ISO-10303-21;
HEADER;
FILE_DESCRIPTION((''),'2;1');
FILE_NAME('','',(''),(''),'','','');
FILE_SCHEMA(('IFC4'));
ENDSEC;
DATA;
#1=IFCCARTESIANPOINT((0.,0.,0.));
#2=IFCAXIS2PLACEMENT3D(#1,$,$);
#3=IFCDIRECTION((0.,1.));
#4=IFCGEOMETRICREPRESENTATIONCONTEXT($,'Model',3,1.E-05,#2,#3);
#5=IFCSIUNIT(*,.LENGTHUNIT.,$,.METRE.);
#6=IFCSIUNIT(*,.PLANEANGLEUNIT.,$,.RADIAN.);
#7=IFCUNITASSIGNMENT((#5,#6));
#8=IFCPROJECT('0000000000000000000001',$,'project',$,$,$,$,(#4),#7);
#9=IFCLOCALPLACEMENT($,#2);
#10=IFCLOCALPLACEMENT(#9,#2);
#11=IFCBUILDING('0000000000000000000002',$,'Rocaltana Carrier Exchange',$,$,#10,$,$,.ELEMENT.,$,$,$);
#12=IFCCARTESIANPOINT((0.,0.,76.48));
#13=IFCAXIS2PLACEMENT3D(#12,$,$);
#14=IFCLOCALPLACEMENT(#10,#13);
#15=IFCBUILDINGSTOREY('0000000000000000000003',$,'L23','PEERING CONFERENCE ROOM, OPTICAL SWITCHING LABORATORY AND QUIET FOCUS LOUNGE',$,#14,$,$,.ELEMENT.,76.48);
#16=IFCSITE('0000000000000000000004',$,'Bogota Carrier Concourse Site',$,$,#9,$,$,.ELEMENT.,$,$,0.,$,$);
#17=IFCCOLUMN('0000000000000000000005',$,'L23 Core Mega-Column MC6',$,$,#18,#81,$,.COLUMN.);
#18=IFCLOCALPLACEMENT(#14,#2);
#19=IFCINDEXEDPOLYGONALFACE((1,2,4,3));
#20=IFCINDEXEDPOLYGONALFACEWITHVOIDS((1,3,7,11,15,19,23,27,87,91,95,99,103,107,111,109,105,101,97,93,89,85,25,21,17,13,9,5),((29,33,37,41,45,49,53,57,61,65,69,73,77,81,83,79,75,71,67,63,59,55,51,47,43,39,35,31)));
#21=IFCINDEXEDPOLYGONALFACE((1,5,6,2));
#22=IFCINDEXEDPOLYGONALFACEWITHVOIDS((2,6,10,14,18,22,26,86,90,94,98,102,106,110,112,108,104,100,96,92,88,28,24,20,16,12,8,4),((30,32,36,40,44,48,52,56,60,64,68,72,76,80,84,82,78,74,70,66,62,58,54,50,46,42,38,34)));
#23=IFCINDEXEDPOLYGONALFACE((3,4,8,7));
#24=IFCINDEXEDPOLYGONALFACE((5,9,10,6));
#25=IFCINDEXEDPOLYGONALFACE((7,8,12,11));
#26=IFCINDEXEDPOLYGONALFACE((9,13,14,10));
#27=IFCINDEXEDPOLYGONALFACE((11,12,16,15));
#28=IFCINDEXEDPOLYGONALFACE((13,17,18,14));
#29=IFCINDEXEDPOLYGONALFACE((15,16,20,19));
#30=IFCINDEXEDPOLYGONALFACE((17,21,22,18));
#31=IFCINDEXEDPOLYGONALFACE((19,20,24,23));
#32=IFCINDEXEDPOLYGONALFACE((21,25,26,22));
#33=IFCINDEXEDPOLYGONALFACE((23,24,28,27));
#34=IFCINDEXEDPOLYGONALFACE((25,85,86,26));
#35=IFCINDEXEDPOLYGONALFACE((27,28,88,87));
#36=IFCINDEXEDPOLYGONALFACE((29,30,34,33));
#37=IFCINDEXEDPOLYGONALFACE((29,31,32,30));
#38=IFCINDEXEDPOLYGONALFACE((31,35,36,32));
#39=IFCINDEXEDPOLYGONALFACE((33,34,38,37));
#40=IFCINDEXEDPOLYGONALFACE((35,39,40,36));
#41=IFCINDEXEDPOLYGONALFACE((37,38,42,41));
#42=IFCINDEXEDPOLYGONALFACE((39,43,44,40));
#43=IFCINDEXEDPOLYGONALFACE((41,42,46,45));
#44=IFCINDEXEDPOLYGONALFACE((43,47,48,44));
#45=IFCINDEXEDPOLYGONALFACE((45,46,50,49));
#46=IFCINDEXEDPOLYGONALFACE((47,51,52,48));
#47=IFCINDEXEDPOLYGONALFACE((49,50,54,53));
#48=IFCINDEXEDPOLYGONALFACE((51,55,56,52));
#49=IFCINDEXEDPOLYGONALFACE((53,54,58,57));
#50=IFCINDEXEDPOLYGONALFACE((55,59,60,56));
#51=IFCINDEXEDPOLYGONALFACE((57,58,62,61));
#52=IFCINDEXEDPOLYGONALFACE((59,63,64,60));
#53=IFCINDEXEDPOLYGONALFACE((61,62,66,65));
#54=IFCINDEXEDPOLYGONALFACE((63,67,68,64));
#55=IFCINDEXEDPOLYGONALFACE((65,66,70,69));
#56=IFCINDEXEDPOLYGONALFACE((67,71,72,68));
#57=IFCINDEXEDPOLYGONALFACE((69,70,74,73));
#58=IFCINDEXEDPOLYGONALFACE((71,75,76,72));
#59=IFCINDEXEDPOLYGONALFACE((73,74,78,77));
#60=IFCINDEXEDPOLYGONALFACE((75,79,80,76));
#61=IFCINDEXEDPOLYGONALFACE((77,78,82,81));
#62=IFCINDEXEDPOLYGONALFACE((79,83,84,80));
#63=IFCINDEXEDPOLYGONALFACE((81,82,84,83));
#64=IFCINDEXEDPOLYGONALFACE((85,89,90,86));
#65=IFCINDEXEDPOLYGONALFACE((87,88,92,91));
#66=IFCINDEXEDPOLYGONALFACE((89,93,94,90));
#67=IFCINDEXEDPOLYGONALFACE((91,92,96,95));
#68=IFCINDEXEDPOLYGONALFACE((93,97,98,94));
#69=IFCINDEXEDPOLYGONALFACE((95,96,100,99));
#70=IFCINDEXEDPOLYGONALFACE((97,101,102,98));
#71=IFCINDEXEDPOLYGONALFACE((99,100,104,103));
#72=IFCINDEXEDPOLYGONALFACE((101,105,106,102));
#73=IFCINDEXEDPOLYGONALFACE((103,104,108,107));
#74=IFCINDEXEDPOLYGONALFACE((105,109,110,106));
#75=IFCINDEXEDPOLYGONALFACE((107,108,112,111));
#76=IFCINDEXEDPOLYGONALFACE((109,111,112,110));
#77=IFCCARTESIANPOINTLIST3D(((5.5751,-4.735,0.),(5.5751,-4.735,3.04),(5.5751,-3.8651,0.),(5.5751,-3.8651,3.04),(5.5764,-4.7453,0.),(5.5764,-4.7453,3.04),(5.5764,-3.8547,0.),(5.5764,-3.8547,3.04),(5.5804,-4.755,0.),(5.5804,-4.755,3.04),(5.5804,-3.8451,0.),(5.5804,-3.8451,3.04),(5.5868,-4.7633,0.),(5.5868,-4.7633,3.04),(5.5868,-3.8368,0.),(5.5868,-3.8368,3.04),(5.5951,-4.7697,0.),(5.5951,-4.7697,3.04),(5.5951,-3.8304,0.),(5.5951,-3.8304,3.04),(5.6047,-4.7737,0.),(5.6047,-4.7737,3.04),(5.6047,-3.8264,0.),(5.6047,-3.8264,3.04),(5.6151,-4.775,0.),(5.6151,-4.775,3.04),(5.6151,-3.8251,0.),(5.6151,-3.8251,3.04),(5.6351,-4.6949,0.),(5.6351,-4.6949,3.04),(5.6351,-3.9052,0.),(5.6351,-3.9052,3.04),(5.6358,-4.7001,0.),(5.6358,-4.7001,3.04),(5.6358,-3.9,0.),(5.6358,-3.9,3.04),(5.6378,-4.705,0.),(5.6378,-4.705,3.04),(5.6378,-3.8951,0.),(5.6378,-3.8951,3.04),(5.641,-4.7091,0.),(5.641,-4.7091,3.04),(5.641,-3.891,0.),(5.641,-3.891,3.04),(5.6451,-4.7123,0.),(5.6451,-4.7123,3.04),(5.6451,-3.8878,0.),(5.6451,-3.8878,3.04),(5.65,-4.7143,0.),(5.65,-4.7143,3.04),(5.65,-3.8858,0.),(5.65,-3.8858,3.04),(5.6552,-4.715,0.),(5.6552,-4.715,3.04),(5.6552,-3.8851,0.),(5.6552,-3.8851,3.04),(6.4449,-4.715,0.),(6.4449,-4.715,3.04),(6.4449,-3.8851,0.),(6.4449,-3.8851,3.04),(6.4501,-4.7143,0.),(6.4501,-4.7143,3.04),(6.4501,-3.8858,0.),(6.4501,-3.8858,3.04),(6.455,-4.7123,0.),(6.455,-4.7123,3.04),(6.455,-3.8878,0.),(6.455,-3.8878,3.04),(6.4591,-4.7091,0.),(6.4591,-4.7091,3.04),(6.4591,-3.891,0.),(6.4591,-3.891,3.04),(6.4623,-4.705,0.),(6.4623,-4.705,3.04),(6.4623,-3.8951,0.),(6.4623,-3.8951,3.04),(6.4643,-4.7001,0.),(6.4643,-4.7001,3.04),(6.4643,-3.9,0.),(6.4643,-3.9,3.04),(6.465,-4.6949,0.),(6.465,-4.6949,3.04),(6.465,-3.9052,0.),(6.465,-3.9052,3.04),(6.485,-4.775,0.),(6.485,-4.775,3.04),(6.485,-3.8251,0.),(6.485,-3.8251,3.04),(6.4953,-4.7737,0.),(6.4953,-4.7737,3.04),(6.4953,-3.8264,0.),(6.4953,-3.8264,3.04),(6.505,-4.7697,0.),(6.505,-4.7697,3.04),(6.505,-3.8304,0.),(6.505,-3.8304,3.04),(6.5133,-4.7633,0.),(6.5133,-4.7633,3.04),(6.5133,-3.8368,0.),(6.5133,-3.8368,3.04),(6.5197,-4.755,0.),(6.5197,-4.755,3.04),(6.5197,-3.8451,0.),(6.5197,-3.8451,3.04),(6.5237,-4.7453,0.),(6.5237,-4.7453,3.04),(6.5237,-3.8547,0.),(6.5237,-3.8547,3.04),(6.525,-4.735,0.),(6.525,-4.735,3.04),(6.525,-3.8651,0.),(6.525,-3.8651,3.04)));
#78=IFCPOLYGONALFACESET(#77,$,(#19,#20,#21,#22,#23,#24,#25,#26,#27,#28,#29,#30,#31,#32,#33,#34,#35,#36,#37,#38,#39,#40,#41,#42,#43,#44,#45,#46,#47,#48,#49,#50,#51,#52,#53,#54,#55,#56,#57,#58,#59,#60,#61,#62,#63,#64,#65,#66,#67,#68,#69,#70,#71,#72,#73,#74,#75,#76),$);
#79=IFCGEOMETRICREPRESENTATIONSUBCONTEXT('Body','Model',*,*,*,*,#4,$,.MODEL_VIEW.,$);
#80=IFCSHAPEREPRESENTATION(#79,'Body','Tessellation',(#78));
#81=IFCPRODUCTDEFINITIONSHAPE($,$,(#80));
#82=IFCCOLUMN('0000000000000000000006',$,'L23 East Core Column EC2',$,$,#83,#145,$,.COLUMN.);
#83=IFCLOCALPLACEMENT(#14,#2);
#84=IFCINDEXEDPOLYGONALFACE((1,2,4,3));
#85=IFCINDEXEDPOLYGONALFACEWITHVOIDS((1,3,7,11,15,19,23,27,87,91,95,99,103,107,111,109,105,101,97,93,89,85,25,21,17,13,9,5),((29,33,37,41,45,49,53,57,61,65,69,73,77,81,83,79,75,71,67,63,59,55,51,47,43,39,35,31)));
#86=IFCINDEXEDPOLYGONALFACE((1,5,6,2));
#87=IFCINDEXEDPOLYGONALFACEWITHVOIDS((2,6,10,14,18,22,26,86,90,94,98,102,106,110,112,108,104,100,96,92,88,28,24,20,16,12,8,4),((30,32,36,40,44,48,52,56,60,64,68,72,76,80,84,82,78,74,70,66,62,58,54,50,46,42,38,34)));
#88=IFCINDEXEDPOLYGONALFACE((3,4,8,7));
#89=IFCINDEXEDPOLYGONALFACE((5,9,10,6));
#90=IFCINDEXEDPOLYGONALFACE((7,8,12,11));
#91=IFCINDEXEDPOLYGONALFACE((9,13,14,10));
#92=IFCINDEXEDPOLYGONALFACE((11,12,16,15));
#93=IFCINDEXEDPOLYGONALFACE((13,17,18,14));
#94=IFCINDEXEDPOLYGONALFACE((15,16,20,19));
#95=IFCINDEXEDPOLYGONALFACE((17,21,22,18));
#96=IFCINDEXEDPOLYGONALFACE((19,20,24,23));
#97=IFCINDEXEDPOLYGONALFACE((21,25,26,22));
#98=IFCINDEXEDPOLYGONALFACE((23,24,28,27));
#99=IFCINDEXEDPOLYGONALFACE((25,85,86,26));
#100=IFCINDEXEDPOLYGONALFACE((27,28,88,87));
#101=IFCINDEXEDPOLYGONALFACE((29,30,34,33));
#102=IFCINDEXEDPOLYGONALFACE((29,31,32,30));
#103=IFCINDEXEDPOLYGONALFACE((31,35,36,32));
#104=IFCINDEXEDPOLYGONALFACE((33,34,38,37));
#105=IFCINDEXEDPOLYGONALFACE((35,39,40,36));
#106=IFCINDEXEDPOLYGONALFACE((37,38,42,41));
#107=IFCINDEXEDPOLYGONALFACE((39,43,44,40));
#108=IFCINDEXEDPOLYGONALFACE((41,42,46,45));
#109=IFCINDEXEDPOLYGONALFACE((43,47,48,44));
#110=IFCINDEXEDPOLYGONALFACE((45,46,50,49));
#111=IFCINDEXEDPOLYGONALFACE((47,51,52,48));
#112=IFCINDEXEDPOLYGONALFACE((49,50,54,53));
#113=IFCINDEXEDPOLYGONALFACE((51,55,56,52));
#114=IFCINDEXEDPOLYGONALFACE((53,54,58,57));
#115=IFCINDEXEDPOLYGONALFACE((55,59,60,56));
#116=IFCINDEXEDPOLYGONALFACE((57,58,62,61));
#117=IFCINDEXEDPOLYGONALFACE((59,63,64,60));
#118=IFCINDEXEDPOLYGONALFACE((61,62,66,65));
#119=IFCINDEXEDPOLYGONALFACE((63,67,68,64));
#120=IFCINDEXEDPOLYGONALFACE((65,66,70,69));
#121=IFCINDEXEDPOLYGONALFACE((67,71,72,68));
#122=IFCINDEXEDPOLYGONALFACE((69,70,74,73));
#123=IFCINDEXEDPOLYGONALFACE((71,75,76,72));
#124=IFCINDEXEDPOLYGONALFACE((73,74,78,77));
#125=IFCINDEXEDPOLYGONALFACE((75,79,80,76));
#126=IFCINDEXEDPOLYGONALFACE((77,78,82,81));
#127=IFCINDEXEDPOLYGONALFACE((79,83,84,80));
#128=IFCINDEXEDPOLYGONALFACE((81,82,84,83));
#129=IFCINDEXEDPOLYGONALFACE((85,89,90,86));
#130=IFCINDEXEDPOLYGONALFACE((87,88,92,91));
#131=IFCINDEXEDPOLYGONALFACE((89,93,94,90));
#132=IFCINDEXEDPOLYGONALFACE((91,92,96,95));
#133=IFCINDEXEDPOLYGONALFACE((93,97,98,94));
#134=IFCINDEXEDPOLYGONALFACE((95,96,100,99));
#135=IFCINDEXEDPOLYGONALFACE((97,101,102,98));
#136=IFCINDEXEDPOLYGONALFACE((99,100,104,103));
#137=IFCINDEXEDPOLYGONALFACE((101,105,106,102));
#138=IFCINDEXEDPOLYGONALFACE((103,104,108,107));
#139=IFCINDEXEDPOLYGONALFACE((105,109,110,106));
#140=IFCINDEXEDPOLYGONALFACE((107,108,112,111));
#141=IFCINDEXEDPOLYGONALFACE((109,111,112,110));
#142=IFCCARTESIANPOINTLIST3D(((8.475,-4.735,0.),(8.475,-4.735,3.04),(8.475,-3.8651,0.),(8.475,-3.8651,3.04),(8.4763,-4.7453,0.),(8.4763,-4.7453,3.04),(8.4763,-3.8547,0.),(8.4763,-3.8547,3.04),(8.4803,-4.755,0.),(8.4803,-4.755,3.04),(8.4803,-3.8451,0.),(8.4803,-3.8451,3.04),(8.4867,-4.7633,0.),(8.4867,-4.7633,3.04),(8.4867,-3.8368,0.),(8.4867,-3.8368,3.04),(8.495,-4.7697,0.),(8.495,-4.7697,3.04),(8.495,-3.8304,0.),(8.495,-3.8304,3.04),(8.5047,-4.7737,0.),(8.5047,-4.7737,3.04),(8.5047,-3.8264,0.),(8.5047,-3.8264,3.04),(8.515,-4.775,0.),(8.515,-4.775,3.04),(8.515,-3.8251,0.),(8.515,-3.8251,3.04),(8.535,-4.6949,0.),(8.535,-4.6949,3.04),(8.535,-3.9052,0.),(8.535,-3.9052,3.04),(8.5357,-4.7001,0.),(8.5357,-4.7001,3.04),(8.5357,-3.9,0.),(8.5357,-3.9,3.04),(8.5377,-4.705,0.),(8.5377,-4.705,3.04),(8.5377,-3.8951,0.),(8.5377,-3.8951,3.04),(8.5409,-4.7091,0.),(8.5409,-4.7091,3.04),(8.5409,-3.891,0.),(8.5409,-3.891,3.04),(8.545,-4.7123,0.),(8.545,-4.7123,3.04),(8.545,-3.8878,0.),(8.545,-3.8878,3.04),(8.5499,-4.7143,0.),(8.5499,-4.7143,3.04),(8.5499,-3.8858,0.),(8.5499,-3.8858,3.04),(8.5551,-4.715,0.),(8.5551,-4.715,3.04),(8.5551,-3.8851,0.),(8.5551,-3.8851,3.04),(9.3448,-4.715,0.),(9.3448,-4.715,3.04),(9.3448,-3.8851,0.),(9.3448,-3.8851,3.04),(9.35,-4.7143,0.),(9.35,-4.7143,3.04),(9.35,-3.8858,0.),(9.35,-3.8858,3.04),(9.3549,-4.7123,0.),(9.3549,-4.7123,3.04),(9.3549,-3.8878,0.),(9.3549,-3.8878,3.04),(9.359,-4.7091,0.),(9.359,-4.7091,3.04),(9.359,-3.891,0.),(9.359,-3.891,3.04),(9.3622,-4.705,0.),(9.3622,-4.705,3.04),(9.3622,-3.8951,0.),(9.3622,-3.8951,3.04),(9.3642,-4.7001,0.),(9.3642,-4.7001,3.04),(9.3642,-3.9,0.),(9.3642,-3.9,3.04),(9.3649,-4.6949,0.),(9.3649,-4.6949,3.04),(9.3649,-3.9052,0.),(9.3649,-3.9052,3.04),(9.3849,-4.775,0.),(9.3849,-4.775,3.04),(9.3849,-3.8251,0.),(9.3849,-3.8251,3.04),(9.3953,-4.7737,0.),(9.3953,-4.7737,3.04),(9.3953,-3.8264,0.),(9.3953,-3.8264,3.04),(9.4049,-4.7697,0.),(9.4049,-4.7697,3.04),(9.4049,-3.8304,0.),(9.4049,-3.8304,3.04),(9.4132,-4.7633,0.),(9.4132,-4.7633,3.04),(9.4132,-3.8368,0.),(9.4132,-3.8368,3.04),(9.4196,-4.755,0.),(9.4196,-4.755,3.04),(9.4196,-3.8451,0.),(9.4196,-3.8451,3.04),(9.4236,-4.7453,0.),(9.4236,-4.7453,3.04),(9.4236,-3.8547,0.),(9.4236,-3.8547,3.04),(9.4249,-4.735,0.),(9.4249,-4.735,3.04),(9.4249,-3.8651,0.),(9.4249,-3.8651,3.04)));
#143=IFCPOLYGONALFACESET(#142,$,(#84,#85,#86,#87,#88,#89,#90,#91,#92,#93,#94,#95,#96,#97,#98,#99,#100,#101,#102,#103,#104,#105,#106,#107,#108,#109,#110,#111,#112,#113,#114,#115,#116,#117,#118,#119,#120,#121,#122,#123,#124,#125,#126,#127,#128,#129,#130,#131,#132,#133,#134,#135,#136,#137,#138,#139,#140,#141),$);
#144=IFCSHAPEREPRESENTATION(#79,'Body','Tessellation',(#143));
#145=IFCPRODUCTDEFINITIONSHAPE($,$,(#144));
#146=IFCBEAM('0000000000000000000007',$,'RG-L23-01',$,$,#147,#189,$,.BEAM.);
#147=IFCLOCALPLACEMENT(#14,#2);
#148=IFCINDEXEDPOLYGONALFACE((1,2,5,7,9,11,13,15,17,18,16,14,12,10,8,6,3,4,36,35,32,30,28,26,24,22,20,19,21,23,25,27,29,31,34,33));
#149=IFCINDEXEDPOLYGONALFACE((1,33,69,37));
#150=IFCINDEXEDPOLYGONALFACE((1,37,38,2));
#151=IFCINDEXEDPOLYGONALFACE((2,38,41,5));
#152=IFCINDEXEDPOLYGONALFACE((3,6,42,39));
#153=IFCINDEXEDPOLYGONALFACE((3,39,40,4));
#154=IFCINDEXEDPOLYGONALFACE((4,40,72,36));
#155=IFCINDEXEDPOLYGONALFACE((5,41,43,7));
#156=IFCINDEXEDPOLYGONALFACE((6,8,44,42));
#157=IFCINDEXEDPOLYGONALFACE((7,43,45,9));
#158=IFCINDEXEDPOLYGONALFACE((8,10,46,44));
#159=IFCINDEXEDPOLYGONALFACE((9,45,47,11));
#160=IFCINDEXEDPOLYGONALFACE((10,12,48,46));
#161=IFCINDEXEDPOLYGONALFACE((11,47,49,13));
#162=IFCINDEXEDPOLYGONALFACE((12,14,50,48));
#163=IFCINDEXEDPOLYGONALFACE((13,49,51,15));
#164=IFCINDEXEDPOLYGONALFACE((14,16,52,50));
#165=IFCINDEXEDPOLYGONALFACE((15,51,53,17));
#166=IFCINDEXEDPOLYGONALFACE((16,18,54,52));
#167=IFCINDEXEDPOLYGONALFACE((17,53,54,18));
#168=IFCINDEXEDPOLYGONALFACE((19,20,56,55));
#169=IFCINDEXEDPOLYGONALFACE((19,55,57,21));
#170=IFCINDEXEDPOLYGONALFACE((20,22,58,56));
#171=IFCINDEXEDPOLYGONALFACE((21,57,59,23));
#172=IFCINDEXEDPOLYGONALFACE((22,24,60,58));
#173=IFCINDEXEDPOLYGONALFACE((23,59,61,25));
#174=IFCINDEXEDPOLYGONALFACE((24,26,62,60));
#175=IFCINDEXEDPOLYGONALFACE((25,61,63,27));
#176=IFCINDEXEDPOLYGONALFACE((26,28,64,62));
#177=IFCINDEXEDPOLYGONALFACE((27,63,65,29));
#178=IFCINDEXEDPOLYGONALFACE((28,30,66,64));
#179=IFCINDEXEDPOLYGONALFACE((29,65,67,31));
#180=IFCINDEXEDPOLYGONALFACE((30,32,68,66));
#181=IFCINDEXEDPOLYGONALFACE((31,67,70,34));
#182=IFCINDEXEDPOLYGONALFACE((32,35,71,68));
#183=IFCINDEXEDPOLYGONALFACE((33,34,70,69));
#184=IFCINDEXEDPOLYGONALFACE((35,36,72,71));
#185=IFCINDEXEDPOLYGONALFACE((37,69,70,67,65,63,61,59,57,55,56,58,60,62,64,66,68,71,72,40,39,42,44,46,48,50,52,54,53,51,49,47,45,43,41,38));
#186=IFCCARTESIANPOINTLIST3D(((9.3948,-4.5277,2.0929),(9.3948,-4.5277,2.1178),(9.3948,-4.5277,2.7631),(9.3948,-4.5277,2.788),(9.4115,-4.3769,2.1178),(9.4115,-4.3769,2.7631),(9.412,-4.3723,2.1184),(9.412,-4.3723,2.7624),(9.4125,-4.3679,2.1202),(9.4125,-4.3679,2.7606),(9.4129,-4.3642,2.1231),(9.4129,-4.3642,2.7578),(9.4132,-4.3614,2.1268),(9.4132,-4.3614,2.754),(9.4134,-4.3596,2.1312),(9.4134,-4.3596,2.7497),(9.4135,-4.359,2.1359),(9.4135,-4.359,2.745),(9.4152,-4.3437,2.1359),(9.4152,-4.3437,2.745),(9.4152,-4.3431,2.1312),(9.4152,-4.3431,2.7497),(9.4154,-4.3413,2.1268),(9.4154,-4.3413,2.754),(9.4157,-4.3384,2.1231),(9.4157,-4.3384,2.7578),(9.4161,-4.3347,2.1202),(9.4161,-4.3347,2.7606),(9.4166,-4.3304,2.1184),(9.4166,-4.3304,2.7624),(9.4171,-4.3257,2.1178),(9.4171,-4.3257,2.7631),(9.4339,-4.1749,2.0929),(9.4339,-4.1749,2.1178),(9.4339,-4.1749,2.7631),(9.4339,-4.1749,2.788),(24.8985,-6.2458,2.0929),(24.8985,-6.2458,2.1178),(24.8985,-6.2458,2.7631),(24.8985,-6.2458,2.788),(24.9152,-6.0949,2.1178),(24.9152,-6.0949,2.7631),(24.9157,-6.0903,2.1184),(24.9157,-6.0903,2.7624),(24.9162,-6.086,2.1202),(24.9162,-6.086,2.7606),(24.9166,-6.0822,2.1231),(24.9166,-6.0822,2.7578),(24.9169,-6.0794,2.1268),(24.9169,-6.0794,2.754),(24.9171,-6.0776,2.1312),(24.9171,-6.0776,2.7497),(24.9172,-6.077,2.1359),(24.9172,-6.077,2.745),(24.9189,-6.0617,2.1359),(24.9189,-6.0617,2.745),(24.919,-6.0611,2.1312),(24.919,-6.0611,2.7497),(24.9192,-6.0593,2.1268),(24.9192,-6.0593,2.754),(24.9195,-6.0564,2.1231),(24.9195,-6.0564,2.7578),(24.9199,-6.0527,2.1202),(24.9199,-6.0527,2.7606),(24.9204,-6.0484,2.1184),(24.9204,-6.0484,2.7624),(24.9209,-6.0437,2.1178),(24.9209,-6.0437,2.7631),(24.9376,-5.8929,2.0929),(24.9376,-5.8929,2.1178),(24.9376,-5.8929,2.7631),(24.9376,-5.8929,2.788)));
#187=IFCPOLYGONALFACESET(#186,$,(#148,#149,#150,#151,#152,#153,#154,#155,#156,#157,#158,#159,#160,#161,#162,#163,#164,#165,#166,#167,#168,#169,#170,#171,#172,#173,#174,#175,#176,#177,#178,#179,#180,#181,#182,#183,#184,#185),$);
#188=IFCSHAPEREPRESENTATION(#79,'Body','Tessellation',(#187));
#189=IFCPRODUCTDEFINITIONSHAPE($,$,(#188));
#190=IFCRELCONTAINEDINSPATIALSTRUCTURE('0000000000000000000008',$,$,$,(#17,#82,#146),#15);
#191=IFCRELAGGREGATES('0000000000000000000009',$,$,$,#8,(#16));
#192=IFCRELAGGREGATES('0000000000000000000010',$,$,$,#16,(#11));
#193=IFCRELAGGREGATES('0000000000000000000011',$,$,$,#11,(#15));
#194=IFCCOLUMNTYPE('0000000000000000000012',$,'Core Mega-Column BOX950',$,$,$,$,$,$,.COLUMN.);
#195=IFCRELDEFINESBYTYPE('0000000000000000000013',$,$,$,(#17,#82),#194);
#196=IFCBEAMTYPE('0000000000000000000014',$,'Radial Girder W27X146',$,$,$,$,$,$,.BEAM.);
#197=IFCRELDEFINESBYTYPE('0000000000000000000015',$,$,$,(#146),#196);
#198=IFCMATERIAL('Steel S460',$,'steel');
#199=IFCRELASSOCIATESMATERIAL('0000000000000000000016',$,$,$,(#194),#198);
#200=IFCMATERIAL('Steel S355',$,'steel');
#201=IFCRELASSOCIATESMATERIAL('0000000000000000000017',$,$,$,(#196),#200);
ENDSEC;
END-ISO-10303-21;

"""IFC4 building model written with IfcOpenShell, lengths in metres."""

from ifc_helpers import new_model, si_unit, direction, frame, origin, origin_2d, place, context, subcontext, project, spatial, hollow_rectangle, i_section, extrude, material, material_profile, profile_set, type_object, element, save


model = new_model("IFC4")

# Units and contexts
model_context = context("Model", 3, precision=1e-05, world=origin(), true_north=direction((0.0, 1.0)))
body_context = subcontext(model_context, "Body", "Model", "MODEL_VIEW")
ifc_project = project(units=[si_unit("LENGTHUNIT", "METRE"), si_unit("PLANEANGLEUNIT", "RADIAN")], contexts=[model_context])

# Site, building, storey
site_placement = place(None, origin())
site = spatial("IfcSite", under=ifc_project, at=site_placement, Name="Bogota Carrier Concourse Site", CompositionType="ELEMENT", RefElevation=0.0)
building_placement = place(site_placement, origin())
building = spatial("IfcBuilding", under=site, at=building_placement, Name="Rocaltana Carrier Exchange", CompositionType="ELEMENT")
storey_placement = place(building_placement, frame((0.0, 0.0, 76.48)))
storey = spatial("IfcBuildingStorey", under=building, at=storey_placement, Name="L23", Description="PEERING CONFERENCE ROOM, OPTICAL SWITCHING LABORATORY AND QUIET FOCUS LOUNGE", CompositionType="ELEMENT", Elevation=76.48)

# Columns
ifc_material_1 = material(Name="Steel S460", Category="steel")
ifc_material_profile_1 = material_profile(ifc_material_1, hollow_rectangle(XDim=0.95, YDim=0.95, WallThickness=0.0601, InnerFilletRadius=0.02, OuterFilletRadius=0.04, at=origin_2d()), Name="BOX950X950X60")
ifc_profile_set_1 = profile_set([ifc_material_profile_1], Name="Steel S460")
column_type = type_object("IfcColumnType", Name="Core Mega-Column BOX950", PredefinedType="COLUMN", material=ifc_profile_set_1)
for number, where, z_axis, x_axis, name in (
    (1, (6.05, -4.3, 0.0), (0.0, 0.0, 1.0), (1.0, 0.0, 0.0), "L23 Core Mega-Column MC6"),
    (2, (8.95, -4.3, 0.0), (0.0, 0.0, 1.0), (1.0, 0.0, 0.0), "L23 East Core Column EC2"),
):
    element("IfcColumn", number, at=place(storey_placement, frame(where, z_axis=z_axis, x_axis=x_axis)), inside=storey, type_object=column_type, Name=name, PredefinedType="COLUMN", context=body_context, shape_type="SweptSolid", body=[
        extrude(hollow_rectangle(XDim=0.95, YDim=0.95, WallThickness=0.0601, InnerFilletRadius=0.02, OuterFilletRadius=0.04, at=origin_2d()), origin(), (0.0, 0.0, 1.0), 3.04),
    ])

# Beam
ifc_material_2 = material(Name="Steel S355", Category="steel")
ifc_material_profile_2 = material_profile(ifc_material_2, i_section(OverallWidth=0.355, OverallDepth=0.6951, WebThickness=0.0154, FlangeThickness=0.0249, FilletRadius=0.0181, at=origin_2d()), Name="W27X146")
ifc_profile_set_2 = profile_set([ifc_material_profile_2], Name="Steel S355")
beam_type = type_object("IfcBeamType", Name="Radial Girder W27X146", PredefinedType="BEAM", material=ifc_profile_set_2)
beam_1_placement = place(storey_placement, frame((9.4143, -4.3513, 2.4404), z_axis=(0.993916, -0.110139, 0.0), x_axis=(0.110139, 0.993916, 0.0)))
element("IfcBeam", 3, at=beam_1_placement, inside=storey, type_object=beam_type, Name="RG-L23-01", PredefinedType="BEAM", context=body_context, shape_type="SweptSolid", body=[
    extrude(i_section(OverallWidth=0.355, OverallDepth=0.6951, WebThickness=0.0154, FlangeThickness=0.0249, FilletRadius=0.0181, at=origin_2d()), origin(), (0.0, 0.0, 1.0), 15.5986),
])

save(model, "model.ifc")
